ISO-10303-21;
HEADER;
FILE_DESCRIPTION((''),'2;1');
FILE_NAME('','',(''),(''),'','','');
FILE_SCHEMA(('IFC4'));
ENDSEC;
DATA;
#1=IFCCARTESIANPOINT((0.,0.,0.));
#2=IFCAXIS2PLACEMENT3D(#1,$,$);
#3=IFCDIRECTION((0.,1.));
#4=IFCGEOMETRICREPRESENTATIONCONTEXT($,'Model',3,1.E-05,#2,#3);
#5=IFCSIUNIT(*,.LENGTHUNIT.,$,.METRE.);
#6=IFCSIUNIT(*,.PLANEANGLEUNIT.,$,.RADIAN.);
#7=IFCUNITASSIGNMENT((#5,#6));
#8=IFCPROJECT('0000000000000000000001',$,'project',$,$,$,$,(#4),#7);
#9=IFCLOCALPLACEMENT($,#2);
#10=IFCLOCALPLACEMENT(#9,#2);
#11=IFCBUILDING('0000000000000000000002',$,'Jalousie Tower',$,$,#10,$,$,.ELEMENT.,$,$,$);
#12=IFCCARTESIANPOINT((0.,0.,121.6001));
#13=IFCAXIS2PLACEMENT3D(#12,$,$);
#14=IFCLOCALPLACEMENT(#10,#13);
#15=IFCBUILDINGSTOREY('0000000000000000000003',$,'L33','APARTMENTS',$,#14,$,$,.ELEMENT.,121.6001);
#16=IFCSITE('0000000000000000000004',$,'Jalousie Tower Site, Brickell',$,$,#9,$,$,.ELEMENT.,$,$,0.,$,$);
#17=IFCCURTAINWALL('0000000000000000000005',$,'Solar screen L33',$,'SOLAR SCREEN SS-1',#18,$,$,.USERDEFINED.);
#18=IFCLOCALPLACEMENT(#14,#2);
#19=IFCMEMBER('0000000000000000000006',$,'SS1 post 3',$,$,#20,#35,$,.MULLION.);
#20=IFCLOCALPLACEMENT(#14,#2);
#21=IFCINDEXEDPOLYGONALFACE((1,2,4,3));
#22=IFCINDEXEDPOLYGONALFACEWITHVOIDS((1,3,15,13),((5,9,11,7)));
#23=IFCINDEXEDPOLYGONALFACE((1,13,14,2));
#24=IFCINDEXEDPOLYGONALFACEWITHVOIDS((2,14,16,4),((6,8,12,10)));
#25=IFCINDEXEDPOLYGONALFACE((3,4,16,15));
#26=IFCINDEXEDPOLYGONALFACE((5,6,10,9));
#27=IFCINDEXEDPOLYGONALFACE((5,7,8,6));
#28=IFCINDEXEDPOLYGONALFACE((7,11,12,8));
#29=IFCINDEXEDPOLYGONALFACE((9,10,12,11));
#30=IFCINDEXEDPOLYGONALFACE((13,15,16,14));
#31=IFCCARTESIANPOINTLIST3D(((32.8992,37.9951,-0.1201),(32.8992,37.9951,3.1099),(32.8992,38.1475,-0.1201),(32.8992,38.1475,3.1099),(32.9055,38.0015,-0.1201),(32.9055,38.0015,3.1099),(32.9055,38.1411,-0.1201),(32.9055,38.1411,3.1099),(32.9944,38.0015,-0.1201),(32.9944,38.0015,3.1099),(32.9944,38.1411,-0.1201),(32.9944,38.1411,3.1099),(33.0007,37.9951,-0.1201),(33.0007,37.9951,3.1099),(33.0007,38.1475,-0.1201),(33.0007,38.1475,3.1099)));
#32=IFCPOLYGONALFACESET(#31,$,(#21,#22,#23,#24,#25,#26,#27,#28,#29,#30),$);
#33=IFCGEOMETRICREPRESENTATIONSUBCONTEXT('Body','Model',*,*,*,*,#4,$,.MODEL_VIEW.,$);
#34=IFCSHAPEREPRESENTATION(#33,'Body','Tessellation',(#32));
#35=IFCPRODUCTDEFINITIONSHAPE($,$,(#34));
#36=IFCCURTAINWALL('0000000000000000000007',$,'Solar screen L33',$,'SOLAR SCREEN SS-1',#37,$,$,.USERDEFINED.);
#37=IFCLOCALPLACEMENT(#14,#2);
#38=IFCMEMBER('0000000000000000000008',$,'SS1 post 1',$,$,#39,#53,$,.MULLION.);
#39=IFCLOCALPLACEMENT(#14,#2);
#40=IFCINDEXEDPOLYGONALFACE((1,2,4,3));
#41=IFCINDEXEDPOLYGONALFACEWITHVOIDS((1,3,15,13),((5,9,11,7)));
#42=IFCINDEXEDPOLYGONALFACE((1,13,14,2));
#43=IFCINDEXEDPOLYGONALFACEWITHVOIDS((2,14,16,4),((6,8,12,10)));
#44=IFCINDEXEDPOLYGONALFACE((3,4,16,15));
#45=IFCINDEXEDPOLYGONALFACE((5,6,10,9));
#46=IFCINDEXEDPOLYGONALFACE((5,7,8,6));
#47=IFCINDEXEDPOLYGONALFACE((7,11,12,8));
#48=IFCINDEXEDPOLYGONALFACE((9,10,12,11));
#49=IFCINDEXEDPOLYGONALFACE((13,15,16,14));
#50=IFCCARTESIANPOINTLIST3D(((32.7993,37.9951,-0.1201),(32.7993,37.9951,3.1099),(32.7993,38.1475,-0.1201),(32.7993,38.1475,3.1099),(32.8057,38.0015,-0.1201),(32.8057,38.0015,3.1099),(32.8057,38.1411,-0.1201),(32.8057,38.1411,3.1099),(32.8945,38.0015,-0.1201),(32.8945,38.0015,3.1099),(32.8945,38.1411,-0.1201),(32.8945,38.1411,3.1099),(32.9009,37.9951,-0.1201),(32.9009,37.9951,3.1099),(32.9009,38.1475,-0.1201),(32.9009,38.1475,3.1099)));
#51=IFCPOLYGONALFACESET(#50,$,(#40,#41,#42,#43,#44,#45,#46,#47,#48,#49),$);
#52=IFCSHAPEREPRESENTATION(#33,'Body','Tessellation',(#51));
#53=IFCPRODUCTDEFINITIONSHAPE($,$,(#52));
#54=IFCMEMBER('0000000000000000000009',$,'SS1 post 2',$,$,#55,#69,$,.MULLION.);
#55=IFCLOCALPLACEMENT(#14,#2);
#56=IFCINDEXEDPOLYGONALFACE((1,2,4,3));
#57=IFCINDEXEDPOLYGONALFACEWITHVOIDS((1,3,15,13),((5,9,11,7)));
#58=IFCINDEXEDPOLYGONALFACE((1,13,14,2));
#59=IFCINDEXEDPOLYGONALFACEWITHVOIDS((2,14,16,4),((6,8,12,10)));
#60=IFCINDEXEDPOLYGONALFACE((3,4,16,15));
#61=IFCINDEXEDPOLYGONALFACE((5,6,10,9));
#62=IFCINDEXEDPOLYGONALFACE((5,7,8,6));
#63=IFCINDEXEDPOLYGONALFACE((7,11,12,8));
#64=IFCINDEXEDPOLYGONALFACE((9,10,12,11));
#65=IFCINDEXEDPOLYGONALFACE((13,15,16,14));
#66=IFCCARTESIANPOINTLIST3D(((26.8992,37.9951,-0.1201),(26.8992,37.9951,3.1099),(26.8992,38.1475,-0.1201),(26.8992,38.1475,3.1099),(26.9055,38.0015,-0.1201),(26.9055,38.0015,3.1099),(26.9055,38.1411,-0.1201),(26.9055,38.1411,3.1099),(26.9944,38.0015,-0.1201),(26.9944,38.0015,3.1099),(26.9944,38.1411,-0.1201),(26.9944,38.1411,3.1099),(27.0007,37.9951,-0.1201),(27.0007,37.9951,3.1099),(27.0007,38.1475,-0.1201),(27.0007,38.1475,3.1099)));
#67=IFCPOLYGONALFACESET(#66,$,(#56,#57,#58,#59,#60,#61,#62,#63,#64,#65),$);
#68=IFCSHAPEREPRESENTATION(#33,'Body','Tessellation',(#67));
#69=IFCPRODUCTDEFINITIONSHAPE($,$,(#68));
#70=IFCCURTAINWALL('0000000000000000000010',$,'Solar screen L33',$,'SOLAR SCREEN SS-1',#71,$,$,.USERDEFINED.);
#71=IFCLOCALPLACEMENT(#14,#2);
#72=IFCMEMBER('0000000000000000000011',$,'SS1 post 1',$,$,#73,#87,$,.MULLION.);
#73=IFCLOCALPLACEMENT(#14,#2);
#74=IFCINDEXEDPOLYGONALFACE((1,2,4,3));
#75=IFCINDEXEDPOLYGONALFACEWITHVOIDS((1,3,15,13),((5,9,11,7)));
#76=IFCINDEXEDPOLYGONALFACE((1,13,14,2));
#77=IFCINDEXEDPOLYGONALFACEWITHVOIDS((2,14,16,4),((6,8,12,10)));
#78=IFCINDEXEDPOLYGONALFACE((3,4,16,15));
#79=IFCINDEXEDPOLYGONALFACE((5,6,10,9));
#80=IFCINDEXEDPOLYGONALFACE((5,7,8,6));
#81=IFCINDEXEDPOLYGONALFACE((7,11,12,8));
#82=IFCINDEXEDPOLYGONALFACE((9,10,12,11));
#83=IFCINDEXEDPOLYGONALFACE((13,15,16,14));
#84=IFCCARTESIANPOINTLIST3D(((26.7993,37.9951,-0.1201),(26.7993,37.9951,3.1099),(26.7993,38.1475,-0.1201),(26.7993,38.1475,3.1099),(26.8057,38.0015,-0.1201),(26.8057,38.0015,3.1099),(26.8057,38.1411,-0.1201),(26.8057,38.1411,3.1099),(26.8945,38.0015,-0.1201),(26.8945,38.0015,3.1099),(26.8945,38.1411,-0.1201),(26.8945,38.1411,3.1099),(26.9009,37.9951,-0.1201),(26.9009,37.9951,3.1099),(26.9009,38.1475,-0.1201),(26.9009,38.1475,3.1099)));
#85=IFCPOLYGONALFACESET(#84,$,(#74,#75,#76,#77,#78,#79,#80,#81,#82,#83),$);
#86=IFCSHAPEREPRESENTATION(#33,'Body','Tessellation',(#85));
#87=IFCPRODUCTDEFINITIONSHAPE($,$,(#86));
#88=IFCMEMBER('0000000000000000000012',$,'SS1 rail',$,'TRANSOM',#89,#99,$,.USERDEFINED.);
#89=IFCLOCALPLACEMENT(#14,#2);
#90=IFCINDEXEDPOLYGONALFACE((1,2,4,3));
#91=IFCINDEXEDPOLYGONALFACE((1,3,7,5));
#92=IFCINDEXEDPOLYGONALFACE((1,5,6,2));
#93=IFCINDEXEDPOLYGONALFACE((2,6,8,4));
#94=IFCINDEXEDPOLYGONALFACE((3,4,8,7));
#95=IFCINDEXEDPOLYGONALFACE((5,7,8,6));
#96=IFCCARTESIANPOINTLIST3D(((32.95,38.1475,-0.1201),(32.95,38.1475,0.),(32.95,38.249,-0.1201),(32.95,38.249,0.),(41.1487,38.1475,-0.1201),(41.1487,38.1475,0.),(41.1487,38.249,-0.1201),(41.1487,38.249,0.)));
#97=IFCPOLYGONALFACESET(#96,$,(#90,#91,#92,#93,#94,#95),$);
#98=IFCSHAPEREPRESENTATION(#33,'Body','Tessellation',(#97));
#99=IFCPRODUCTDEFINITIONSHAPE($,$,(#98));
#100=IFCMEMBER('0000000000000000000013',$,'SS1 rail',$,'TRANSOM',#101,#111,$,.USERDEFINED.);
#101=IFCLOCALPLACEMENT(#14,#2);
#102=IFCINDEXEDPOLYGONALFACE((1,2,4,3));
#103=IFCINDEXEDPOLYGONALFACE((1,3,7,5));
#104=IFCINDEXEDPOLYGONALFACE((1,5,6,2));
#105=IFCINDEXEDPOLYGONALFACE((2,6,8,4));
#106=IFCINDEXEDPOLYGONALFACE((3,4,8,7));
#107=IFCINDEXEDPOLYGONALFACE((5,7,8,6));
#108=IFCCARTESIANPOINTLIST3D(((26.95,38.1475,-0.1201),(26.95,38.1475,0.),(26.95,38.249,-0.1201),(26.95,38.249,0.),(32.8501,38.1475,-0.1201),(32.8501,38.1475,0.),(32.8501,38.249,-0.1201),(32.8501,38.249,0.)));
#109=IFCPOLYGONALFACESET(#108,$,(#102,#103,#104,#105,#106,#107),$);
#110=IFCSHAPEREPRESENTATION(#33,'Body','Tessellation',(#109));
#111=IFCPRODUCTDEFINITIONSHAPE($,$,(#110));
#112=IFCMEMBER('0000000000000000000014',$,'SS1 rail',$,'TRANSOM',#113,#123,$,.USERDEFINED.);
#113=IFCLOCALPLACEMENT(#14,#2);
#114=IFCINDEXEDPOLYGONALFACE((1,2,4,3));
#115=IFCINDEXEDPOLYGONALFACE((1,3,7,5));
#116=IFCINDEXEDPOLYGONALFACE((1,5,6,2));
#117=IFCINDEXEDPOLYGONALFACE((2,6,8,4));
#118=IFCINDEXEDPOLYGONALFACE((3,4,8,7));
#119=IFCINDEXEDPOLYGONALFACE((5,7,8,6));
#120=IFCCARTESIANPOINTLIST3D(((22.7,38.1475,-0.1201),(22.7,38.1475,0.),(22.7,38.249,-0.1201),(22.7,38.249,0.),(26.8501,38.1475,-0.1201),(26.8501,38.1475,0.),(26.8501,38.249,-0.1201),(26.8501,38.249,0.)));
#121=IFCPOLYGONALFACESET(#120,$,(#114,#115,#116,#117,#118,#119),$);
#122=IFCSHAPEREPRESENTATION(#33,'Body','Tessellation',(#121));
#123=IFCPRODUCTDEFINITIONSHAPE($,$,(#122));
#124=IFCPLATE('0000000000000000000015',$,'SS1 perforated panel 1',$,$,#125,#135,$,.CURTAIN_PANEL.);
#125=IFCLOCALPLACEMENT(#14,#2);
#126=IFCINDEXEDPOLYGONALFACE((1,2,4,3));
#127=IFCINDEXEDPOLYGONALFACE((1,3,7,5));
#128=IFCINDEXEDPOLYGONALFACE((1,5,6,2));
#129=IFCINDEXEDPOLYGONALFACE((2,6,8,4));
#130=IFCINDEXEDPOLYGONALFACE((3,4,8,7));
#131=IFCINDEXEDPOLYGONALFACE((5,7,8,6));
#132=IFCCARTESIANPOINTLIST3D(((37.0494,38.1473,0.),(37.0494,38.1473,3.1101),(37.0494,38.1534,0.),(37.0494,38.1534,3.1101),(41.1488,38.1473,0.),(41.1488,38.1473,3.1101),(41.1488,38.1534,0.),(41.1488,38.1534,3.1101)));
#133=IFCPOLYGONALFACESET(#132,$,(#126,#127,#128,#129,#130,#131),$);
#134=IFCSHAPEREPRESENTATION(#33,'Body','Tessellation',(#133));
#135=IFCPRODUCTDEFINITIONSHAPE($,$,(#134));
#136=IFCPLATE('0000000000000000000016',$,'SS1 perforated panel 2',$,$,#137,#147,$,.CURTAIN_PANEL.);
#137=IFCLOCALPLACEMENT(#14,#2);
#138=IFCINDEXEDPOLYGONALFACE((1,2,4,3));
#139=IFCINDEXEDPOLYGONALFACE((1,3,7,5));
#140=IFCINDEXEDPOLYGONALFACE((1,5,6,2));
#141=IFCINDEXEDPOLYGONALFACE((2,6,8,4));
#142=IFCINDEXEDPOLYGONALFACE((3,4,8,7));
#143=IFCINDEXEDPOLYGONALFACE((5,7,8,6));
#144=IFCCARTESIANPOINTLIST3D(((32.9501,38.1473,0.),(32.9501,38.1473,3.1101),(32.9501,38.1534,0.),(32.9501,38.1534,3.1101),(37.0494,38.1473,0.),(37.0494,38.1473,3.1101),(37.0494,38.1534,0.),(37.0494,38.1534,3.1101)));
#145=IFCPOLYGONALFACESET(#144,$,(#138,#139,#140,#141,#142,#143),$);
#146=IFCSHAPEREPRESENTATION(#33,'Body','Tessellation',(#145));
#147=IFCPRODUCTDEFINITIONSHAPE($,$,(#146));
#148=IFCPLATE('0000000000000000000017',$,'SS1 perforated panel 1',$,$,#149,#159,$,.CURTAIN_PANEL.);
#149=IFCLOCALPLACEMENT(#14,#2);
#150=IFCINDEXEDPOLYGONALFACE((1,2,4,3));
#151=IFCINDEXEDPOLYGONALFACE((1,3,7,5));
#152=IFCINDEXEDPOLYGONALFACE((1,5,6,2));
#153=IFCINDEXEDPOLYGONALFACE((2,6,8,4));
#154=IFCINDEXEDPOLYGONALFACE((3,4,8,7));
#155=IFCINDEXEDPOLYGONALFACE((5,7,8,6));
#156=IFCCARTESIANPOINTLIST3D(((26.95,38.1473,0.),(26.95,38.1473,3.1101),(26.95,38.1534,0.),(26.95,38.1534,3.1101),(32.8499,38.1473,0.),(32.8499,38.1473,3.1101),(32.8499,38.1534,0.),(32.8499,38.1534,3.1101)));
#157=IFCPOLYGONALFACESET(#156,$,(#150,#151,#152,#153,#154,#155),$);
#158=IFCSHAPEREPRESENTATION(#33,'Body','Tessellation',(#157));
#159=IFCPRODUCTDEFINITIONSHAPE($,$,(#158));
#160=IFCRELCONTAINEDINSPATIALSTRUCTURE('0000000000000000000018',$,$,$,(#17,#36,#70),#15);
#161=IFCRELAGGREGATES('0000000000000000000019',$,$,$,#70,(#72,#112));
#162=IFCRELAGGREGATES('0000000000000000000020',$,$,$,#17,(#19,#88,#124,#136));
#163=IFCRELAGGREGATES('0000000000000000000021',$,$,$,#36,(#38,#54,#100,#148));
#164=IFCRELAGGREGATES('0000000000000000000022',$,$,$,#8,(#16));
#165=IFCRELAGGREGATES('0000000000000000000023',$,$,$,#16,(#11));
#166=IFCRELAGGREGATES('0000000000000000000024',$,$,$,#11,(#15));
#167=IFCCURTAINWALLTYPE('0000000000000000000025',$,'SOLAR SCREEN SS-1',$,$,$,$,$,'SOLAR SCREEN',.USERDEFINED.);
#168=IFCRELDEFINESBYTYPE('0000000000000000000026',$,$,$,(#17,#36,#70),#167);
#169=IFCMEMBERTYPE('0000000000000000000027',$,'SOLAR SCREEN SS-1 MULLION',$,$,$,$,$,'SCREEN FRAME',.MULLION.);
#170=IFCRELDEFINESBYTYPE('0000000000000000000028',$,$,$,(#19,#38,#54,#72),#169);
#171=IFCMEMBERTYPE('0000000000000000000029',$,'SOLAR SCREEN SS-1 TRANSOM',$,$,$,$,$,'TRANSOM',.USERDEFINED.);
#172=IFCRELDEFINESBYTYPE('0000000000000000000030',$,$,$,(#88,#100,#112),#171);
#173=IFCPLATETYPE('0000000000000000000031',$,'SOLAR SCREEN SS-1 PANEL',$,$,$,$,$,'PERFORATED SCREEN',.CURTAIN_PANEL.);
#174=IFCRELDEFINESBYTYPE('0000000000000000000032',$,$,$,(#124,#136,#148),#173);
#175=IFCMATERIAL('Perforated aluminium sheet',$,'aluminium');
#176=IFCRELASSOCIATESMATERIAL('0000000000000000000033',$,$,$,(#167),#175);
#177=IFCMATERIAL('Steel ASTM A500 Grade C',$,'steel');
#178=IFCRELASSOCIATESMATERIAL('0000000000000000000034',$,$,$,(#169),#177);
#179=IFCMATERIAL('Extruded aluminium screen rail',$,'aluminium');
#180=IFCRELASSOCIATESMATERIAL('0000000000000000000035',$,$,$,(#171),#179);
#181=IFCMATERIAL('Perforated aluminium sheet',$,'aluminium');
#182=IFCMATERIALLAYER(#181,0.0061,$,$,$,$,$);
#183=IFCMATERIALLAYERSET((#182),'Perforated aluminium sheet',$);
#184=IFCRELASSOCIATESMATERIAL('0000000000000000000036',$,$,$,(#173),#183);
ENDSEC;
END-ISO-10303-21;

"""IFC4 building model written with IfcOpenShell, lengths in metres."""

from ifc_helpers import new_model, si_unit, direction, frame, origin, origin_2d, place, context, subcontext, project, spatial, rectangle, hollow_rectangle, extrude, material, layer, layer_set, material_profile, profile_set, type_object, element, aggregate, save


model = new_model("IFC4")

# Units and contexts
model_context = context("Model", 3, precision=1e-05, world=origin(), true_north=direction((0.0, 1.0)))
body_context = subcontext(model_context, "Body", "Model", "MODEL_VIEW")
ifc_project = project(units=[si_unit("LENGTHUNIT", "METRE"), si_unit("PLANEANGLEUNIT", "RADIAN")], contexts=[model_context])

# Site, building, storey
site_placement = place(None, origin())
site = spatial("IfcSite", under=ifc_project, at=site_placement, Name="Jalousie Tower Site, Brickell", CompositionType="ELEMENT", RefElevation=0.0)
building_placement = place(site_placement, origin())
building = spatial("IfcBuilding", under=site, at=building_placement, Name="Jalousie Tower", CompositionType="ELEMENT")
storey_placement = place(building_placement, frame((0.0, 0.0, 121.6001)))
storey = spatial("IfcBuildingStorey", under=building, at=storey_placement, Name="L33", Description="APARTMENTS", CompositionType="ELEMENT", Elevation=121.6001)

# Curtain walls, members
ifc_material_1 = material(Name="Perforated aluminium sheet", Category="aluminium")
curtain_wall_type = type_object("IfcCurtainWallType", Name="SOLAR SCREEN SS-1", ElementType="SOLAR SCREEN", PredefinedType="USERDEFINED", material=ifc_material_1)
curtain_wall_1_placement = place(storey_placement, origin())
curtain_wall_1 = element("IfcCurtainWall", 1, at=curtain_wall_1_placement, inside=storey, type_object=curtain_wall_type, Name="Solar screen L33", ObjectType="SOLAR SCREEN SS-1", PredefinedType="USERDEFINED")
ifc_material_2 = material(Name="Steel ASTM A500 Grade C", Category="steel")
ifc_material_profile_1 = material_profile(ifc_material_2, hollow_rectangle(XDim=0.1016, YDim=0.1523, WallThickness=0.0063, at=origin_2d()), Name="HSS6X4X1/4")
ifc_profile_set_1 = profile_set([ifc_material_profile_1], Name="Steel ASTM A500 Grade C")
member_type_1 = type_object("IfcMemberType", Name="SOLAR SCREEN SS-1 MULLION", ElementType="SCREEN FRAME", PredefinedType="MULLION", material=ifc_profile_set_1)
member_1_placement = place(storey_placement, frame((32.95, 38.0713, -0.1201), z_axis=(0.0, 0.0, 1.0), x_axis=(-1.0, 0.0, 0.0)))
member_1 = element("IfcMember", 2, at=member_1_placement, type_object=member_type_1, Name="SS1 post 3", PredefinedType="MULLION", context=body_context, shape_type="SweptSolid", body=[
    extrude(hollow_rectangle(XDim=0.1016, YDim=0.1523, WallThickness=0.0063, at=origin_2d()), origin(), (0.0, 0.0, 1.0), 3.23),
])
curtain_wall_2_placement = place(storey_placement, origin())
curtain_wall_2 = element("IfcCurtainWall", 3, at=curtain_wall_2_placement, inside=storey, type_object=curtain_wall_type, Name="Solar screen L33", ObjectType="SOLAR SCREEN SS-1", PredefinedType="USERDEFINED")
member_2_placement = place(storey_placement, frame((32.8501, 38.0713, -0.1201), z_axis=(0.0, 0.0, 1.0), x_axis=(-1.0, 0.0, 0.0)))
member_2 = element("IfcMember", 4, at=member_2_placement, type_object=member_type_1, Name="SS1 post 1", PredefinedType="MULLION", context=body_context, shape_type="SweptSolid", body=[
    extrude(hollow_rectangle(XDim=0.1016, YDim=0.1523, WallThickness=0.0063, at=origin_2d()), origin(), (0.0, 0.0, 1.0), 3.23),
])
member_3_placement = place(storey_placement, frame((26.95, 38.0713, -0.1201), z_axis=(0.0, 0.0, 1.0), x_axis=(-1.0, 0.0, 0.0)))
member_3 = element("IfcMember", 5, at=member_3_placement, type_object=member_type_1, Name="SS1 post 2", PredefinedType="MULLION", context=body_context, shape_type="SweptSolid", body=[
    extrude(hollow_rectangle(XDim=0.1016, YDim=0.1523, WallThickness=0.0063, at=origin_2d()), origin(), (0.0, 0.0, 1.0), 3.23),
])

# Curtain wall, member
curtain_wall_3_placement = place(storey_placement, origin())
curtain_wall_3 = element("IfcCurtainWall", 6, at=curtain_wall_3_placement, inside=storey, type_object=curtain_wall_type, Name="Solar screen L33", ObjectType="SOLAR SCREEN SS-1", PredefinedType="USERDEFINED")
member_4_placement = place(storey_placement, frame((26.8501, 38.0713, -0.1201), z_axis=(0.0, 0.0, 1.0), x_axis=(-1.0, 0.0, 0.0)))
member_4 = element("IfcMember", 7, at=member_4_placement, type_object=member_type_1, Name="SS1 post 1", PredefinedType="MULLION", context=body_context, shape_type="SweptSolid", body=[
    extrude(hollow_rectangle(XDim=0.1016, YDim=0.1523, WallThickness=0.0063, at=origin_2d()), origin(), (0.0, 0.0, 1.0), 3.23),
])

# Members
ifc_material_3 = material(Name="Extruded aluminium screen rail", Category="aluminium")
ifc_material_profile_2 = material_profile(ifc_material_3, rectangle(XDim=0.1016, YDim=0.1201, at=origin_2d()), Name="RAIL 102x120")
ifc_profile_set_2 = profile_set([ifc_material_profile_2], Name="Extruded aluminium screen rail")
member_type_2 = type_object("IfcMemberType", Name="SOLAR SCREEN SS-1 TRANSOM", ElementType="TRANSOM", PredefinedType="USERDEFINED", material=ifc_profile_set_2)
member_5_placement = place(storey_placement, frame((41.1487, 38.1982, -0.0601), z_axis=(-1.0, 0.0, 0.0), x_axis=(0.0, -1.0, 0.0)))
member_5 = element("IfcMember", 8, at=member_5_placement, type_object=member_type_2, Name="SS1 rail", ObjectType="TRANSOM", PredefinedType="USERDEFINED", context=body_context, shape_type="SweptSolid", body=[
    extrude(rectangle(XDim=0.1016, YDim=0.1201, at=origin_2d()), origin(), (0.0, 0.0, 1.0), 8.1987),
])
member_6_placement = place(storey_placement, frame((32.8501, 38.1982, -0.0601), z_axis=(-1.0, 0.0, 0.0), x_axis=(0.0, -1.0, 0.0)))
member_6 = element("IfcMember", 9, at=member_6_placement, type_object=member_type_2, Name="SS1 rail", ObjectType="TRANSOM", PredefinedType="USERDEFINED", context=body_context, shape_type="SweptSolid", body=[
    extrude(rectangle(XDim=0.1016, YDim=0.1201, at=origin_2d()), origin(), (0.0, 0.0, 1.0), 5.9001),
])
member_7_placement = place(storey_placement, frame((26.8501, 38.1982, -0.0601), z_axis=(-1.0, 0.0, 0.0), x_axis=(0.0, -1.0, 0.0)))
member_7 = element("IfcMember", 10, at=member_7_placement, type_object=member_type_2, Name="SS1 rail", ObjectType="TRANSOM", PredefinedType="USERDEFINED", context=body_context, shape_type="SweptSolid", body=[
    extrude(rectangle(XDim=0.1016, YDim=0.1201, at=origin_2d()), origin(), (0.0, 0.0, 1.0), 4.1501),
])
aggregate(curtain_wall_3, [member_4, member_7])

# Plates
ifc_material_4 = material(Name="Perforated aluminium sheet", Category="aluminium")
ifc_layer_1 = layer(ifc_material_4, 0.0061)
ifc_layer_set_1 = layer_set([ifc_layer_1], Name="Perforated aluminium sheet")
plate_type = type_object("IfcPlateType", Name="SOLAR SCREEN SS-1 PANEL", ElementType="PERFORATED SCREEN", PredefinedType="CURTAIN_PANEL", material=ifc_layer_set_1)
plate_1_placement = place(storey_placement, frame((39.0991, 38.1504, 0.0), z_axis=(0.0, 0.0, 1.0), x_axis=(-1.0, 0.0, 0.0)))
plate_1 = element("IfcPlate", 11, at=plate_1_placement, type_object=plate_type, Name="SS1 perforated panel 1", PredefinedType="CURTAIN_PANEL", context=body_context, shape_type="SweptSolid", body=[
    extrude(rectangle(XDim=4.0994, YDim=0.0061, at=origin_2d()), origin(), (0.0, 0.0, 1.0), 3.1101),
])
plate_2_placement = place(storey_placement, frame((34.9998, 38.1504, 0.0), z_axis=(0.0, 0.0, 1.0), x_axis=(-1.0, 0.0, 0.0)))
plate_2 = element("IfcPlate", 12, at=plate_2_placement, type_object=plate_type, Name="SS1 perforated panel 2", PredefinedType="CURTAIN_PANEL", context=body_context, shape_type="SweptSolid", body=[
    extrude(rectangle(XDim=4.0994, YDim=0.0061, at=origin_2d()), origin(), (0.0, 0.0, 1.0), 3.1101),
])
aggregate(curtain_wall_1, [member_1, member_5, plate_1, plate_2])
plate_3_placement = place(storey_placement, frame((29.8999, 38.1504, 0.0), z_axis=(0.0, 0.0, 1.0), x_axis=(-1.0, 0.0, 0.0)))
plate_3 = element("IfcPlate", 13, at=plate_3_placement, type_object=plate_type, Name="SS1 perforated panel 1", PredefinedType="CURTAIN_PANEL", context=body_context, shape_type="SweptSolid", body=[
    extrude(rectangle(XDim=5.8999, YDim=0.0061, at=origin_2d()), origin(), (0.0, 0.0, 1.0), 3.1101),
])
aggregate(curtain_wall_2, [member_2, member_3, member_6, plate_3])

save(model, "model.ifc")
